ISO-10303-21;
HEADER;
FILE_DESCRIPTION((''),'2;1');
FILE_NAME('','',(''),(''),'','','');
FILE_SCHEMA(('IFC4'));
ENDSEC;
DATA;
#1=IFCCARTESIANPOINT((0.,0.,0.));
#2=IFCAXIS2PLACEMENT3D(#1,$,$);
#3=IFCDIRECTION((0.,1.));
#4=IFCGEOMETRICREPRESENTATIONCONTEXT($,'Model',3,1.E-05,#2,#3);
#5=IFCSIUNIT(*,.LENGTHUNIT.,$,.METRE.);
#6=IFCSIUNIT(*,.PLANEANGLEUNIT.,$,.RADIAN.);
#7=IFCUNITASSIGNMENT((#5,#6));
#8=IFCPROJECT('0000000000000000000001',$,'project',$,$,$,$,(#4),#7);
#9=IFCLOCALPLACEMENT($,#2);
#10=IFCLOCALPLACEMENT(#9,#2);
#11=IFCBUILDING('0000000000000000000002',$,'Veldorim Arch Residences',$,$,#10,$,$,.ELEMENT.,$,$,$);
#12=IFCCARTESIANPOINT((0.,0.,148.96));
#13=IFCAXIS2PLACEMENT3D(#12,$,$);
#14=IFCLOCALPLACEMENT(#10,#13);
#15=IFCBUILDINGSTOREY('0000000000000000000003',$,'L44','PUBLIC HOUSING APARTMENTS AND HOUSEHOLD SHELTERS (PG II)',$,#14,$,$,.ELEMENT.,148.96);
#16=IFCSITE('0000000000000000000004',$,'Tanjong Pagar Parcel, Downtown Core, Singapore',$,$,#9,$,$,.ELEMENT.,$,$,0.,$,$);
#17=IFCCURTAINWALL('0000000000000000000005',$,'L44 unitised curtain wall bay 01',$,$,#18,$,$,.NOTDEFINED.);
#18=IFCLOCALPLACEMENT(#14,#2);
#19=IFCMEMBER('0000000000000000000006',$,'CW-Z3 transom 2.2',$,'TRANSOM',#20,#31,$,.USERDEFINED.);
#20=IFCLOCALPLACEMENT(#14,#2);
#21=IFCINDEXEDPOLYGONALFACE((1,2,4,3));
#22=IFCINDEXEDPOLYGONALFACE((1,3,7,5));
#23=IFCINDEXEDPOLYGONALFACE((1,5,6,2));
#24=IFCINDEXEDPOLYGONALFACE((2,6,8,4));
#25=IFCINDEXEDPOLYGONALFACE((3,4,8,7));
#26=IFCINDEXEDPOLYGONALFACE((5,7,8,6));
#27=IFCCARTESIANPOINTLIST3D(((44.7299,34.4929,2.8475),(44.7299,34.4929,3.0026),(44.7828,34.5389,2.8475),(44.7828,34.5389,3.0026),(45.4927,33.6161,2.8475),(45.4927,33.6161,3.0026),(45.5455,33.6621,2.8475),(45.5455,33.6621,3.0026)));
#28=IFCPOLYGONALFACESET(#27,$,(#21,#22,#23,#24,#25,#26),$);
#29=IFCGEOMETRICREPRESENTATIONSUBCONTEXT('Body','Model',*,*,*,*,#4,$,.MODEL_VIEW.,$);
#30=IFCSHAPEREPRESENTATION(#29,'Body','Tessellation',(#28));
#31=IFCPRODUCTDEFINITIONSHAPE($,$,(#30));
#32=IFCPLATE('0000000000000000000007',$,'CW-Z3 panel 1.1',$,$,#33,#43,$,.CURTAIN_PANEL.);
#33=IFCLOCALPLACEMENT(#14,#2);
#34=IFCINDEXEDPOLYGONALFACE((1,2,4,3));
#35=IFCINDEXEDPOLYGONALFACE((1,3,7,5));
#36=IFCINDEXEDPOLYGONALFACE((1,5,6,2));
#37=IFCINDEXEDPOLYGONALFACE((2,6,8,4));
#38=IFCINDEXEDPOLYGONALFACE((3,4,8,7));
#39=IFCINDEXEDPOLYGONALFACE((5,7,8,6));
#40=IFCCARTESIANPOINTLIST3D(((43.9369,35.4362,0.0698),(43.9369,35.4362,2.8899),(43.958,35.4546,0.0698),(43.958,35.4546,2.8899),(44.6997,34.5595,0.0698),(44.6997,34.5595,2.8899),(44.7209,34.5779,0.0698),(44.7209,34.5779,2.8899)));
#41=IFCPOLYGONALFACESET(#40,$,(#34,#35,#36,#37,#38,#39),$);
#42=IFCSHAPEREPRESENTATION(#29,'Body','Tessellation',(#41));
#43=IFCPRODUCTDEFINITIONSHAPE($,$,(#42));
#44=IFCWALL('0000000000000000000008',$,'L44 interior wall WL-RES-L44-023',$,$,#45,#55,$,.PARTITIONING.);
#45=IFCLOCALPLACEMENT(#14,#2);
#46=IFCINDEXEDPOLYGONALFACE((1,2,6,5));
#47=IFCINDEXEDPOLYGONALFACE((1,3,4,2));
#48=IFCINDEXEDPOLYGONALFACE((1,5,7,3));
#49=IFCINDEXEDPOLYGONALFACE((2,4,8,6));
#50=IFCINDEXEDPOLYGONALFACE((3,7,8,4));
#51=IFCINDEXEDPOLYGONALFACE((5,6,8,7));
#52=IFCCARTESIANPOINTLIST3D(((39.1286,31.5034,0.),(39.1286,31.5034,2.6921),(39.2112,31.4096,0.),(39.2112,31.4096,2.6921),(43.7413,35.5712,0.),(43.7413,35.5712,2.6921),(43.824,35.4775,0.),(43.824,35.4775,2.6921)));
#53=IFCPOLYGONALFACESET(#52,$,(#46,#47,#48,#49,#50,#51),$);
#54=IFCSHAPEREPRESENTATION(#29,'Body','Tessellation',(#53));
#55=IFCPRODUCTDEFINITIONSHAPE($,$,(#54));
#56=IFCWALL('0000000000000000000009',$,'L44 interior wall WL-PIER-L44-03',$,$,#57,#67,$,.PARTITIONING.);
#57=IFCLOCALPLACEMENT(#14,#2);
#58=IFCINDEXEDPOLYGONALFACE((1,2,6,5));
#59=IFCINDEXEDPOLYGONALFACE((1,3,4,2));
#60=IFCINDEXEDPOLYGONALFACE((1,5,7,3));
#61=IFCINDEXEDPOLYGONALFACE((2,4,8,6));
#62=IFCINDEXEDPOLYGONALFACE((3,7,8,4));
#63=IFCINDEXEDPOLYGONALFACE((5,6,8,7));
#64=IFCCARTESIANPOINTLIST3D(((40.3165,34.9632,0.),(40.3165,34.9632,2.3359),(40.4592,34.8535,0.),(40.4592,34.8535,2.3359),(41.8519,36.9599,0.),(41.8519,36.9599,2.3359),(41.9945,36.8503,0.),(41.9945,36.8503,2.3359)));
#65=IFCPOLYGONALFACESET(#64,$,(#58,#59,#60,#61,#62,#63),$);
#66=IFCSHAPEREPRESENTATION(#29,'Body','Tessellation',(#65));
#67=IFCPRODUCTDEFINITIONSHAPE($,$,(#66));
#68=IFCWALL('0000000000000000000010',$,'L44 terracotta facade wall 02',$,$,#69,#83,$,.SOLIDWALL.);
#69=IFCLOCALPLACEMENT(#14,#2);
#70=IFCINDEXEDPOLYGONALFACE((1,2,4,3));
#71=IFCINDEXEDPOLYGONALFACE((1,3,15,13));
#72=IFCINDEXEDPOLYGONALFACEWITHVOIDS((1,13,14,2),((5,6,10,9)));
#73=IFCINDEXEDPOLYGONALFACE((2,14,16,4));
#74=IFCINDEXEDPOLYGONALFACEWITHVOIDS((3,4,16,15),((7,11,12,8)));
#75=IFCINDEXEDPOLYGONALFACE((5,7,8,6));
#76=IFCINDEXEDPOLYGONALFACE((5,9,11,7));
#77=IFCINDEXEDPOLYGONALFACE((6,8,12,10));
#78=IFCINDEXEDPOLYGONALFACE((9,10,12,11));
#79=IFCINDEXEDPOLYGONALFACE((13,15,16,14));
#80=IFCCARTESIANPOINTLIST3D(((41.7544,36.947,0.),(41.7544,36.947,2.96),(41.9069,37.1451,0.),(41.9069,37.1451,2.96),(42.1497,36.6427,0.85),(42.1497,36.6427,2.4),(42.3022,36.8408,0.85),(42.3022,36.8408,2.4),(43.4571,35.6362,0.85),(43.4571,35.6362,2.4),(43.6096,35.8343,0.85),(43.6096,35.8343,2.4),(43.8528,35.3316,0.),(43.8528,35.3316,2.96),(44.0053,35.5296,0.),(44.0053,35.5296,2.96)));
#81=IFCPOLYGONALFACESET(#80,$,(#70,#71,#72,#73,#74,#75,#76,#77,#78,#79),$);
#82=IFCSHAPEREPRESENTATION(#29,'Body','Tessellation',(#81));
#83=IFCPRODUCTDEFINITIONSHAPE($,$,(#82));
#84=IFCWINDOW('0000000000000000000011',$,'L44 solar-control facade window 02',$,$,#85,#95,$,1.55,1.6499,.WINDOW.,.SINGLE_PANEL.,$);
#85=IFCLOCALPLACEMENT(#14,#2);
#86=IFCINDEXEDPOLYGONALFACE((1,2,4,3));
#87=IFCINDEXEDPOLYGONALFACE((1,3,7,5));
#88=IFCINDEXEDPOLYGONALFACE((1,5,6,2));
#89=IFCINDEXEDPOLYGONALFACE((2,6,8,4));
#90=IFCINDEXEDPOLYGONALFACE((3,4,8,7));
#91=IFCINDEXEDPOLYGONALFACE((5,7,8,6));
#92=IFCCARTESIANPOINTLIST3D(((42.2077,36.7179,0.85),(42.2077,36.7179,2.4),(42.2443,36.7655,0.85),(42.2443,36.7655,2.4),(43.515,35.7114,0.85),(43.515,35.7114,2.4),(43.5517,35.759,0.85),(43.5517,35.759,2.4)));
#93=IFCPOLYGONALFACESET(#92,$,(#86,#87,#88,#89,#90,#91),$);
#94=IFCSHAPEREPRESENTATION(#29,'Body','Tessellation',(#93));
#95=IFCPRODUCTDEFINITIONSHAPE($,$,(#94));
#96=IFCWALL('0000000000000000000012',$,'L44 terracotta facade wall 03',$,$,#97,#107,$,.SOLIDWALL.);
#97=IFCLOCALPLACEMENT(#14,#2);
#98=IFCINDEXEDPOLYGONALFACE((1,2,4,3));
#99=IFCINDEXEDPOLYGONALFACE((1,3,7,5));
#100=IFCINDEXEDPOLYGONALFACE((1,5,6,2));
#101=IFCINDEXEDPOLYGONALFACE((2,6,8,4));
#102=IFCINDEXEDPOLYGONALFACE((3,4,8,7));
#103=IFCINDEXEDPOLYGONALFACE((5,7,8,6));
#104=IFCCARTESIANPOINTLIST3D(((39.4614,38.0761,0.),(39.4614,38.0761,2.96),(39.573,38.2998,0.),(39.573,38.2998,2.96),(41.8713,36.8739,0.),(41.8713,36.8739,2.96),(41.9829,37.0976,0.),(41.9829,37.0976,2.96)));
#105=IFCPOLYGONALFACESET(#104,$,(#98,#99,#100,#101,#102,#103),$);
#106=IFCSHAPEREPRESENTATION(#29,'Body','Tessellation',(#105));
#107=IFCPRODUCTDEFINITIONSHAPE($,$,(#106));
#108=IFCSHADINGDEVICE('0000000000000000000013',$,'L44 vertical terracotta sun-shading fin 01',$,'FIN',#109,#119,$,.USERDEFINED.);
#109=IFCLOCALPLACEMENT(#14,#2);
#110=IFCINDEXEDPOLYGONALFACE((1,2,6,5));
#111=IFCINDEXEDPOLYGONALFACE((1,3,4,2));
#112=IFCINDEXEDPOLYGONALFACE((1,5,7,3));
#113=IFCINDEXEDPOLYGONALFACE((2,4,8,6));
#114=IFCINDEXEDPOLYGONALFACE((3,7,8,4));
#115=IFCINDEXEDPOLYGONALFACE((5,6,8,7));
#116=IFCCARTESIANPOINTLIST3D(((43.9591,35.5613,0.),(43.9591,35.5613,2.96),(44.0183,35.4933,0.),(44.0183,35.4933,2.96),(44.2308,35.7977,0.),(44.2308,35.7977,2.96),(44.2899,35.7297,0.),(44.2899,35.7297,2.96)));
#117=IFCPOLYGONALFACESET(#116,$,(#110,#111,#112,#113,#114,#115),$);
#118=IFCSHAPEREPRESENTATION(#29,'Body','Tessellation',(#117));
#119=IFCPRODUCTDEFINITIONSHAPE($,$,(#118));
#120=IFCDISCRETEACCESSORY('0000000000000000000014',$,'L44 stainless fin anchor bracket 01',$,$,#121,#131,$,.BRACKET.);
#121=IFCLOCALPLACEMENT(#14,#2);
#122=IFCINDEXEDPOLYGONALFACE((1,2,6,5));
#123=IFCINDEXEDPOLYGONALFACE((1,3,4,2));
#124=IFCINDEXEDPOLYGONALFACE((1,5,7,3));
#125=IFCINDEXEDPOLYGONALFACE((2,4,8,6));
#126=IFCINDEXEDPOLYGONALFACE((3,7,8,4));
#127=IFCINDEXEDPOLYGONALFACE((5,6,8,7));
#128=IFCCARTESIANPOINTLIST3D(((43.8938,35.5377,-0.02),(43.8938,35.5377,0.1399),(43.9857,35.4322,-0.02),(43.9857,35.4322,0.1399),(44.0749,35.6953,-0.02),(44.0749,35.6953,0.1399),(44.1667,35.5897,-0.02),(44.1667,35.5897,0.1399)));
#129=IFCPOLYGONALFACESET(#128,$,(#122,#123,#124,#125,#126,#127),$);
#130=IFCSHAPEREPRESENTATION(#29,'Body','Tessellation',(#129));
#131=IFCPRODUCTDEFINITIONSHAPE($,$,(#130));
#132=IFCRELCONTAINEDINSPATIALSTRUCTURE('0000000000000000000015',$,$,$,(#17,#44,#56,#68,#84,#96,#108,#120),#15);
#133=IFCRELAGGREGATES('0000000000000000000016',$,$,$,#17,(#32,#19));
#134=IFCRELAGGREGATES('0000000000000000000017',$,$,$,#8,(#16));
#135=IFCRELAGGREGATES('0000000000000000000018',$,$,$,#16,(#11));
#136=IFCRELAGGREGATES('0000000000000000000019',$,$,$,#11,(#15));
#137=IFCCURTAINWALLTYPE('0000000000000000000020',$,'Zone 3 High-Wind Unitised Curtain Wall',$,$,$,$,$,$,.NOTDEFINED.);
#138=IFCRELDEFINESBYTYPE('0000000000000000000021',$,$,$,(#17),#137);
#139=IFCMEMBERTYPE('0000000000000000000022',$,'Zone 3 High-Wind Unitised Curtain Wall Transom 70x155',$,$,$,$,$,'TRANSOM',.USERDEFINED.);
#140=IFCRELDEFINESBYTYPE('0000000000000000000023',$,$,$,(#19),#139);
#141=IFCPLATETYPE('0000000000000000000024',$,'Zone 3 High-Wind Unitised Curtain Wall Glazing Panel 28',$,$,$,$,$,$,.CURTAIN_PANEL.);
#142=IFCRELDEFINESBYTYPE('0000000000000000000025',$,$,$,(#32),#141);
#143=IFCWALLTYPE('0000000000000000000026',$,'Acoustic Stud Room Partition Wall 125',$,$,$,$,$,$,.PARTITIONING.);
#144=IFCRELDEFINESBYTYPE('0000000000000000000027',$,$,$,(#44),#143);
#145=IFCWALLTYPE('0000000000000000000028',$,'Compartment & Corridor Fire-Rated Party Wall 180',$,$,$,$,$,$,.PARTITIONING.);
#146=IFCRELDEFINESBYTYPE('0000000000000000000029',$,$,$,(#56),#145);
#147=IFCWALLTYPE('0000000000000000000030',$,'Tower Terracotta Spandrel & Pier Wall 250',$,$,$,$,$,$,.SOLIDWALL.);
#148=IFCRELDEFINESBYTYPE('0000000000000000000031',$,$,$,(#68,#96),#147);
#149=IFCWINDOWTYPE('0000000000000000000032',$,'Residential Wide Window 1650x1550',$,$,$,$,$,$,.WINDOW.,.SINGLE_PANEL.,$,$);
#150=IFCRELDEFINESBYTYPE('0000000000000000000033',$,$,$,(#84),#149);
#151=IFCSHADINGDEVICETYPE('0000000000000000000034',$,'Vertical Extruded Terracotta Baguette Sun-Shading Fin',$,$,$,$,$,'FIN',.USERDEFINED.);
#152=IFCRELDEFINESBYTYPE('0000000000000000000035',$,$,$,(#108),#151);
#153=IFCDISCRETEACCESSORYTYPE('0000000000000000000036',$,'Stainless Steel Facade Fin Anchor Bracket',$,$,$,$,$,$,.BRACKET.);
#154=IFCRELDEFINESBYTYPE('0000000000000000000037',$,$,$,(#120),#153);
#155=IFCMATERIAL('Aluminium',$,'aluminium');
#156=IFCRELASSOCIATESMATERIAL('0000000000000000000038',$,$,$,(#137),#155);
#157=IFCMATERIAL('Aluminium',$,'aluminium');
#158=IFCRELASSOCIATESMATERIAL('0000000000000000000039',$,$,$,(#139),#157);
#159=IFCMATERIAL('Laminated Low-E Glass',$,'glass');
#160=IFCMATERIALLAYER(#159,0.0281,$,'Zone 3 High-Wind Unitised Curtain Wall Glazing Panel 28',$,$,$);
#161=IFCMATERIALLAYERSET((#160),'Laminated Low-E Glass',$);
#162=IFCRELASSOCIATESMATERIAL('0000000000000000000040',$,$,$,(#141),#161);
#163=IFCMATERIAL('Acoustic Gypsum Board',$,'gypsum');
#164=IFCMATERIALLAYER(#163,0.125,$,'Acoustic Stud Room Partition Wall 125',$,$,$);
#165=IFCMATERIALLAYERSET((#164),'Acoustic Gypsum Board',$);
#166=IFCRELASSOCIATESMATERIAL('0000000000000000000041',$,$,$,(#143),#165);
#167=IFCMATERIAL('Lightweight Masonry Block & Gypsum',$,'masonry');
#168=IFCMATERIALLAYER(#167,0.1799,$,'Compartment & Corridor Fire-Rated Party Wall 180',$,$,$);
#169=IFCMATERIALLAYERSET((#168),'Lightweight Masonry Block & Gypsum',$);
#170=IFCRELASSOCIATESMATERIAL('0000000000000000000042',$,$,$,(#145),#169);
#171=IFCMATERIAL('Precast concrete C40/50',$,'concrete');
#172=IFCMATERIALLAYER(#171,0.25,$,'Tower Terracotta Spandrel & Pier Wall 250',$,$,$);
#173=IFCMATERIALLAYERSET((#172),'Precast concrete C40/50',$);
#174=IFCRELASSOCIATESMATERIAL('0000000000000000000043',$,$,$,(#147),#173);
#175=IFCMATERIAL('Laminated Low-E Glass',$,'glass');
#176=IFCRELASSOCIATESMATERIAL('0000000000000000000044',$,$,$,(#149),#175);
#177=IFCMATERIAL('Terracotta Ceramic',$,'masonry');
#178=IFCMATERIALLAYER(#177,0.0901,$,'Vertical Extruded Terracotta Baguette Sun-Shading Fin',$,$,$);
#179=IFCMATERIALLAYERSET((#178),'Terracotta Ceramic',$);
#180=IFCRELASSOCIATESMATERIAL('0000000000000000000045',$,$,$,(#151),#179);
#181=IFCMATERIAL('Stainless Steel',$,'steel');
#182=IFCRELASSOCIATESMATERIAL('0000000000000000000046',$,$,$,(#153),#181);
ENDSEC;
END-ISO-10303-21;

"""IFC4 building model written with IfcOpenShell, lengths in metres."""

from ifc_helpers import new_model, si_unit, direction, frame, frame_2d, origin, origin_2d, place, context, subcontext, project, spatial, rectangle, extrude, material, layer, layer_set, material_profile, profile_set, type_object, element, fill, aggregate, save


model = new_model("IFC4")

# Units and contexts
model_context = context("Model", 3, precision=1e-05, world=origin(), true_north=direction((0.0, 1.0)))
body_context = subcontext(model_context, "Body", "Model", "MODEL_VIEW")
ifc_project = project(units=[si_unit("LENGTHUNIT", "METRE"), si_unit("PLANEANGLEUNIT", "RADIAN")], contexts=[model_context])

# Site, building, storey
site_placement = place(None, origin())
site = spatial("IfcSite", under=ifc_project, at=site_placement, Name="Tanjong Pagar Parcel, Downtown Core, Singapore", CompositionType="ELEMENT", RefElevation=0.0)
building_placement = place(site_placement, origin())
building = spatial("IfcBuilding", under=site, at=building_placement, Name="Veldorim Arch Residences", CompositionType="ELEMENT")
storey_placement = place(building_placement, frame((0.0, 0.0, 148.96)))
storey = spatial("IfcBuildingStorey", under=building, at=storey_placement, Name="L44", Description="PUBLIC HOUSING APARTMENTS AND HOUSEHOLD SHELTERS (PG II)", CompositionType="ELEMENT", Elevation=148.96)

# Curtain wall, member, plate
ifc_material_1 = material(Name="Aluminium", Category="aluminium")
curtain_wall_type = type_object("IfcCurtainWallType", Name="Zone 3 High-Wind Unitised Curtain Wall", PredefinedType="NOTDEFINED", material=ifc_material_1)
curtain_wall_placement = place(storey_placement, origin())
curtain_wall = element("IfcCurtainWall", 1, at=curtain_wall_placement, inside=storey, type_object=curtain_wall_type, Name="L44 unitised curtain wall bay 01", PredefinedType="NOTDEFINED")
ifc_material_2 = material(Name="Aluminium", Category="aluminium")
ifc_material_profile_1 = material_profile(ifc_material_2, rectangle(XDim=0.0701, YDim=0.155, at=origin_2d()), Name="ALU_TRN_70x155")
ifc_profile_set_1 = profile_set([ifc_material_profile_1], Name="Aluminium")
member_type_1 = type_object("IfcMemberType", Name="Zone 3 High-Wind Unitised Curtain Wall Transom 70x155", ElementType="TRANSOM", PredefinedType="USERDEFINED", material=ifc_profile_set_1)
member_1_placement = place(storey_placement, frame((44.7563, 34.5159, 2.925), z_axis=(0.656345, -0.754461, 0.0), x_axis=(0.754461, 0.656345, 0.0)))
member_1 = element("IfcMember", 2, at=member_1_placement, type_object=member_type_1, Name="CW-Z3 transom 2.2", ObjectType="TRANSOM", PredefinedType="USERDEFINED", context=body_context, shape_type="SweptSolid", body=[
    extrude(rectangle(XDim=0.0701, YDim=0.155, at=origin_2d()), origin(), (0.0, 0.0, 1.0), 1.1621),
])
ifc_material_3 = material(Name="Laminated Low-E Glass", Category="glass")
ifc_layer_1 = layer(ifc_material_3, 0.0281, Name="Zone 3 High-Wind Unitised Curtain Wall Glazing Panel 28")
ifc_layer_set_1 = layer_set([ifc_layer_1], Name="Laminated Low-E Glass")
plate_type = type_object("IfcPlateType", Name="Zone 3 High-Wind Unitised Curtain Wall Glazing Panel 28", PredefinedType="CURTAIN_PANEL", material=ifc_layer_set_1)
plate_placement = place(storey_placement, frame((44.3289, 35.0071, 0.0698), z_axis=(0.0, 0.0, 1.0), x_axis=(0.656415, -0.7544, 0.0)))
plate = element("IfcPlate", 3, at=plate_placement, type_object=plate_type, Name="CW-Z3 panel 1.1", PredefinedType="CURTAIN_PANEL", context=body_context, shape_type="SweptSolid", body=[
    extrude(rectangle(XDim=1.1621, YDim=0.0281, at=origin_2d()), origin(), (0.0, 0.0, 1.0), 2.8201),
])
aggregate(curtain_wall, [plate, member_1])

# Walls
ifc_material_4 = material(Name="Acoustic Gypsum Board", Category="gypsum")
ifc_layer_2 = layer(ifc_material_4, 0.125, Name="Acoustic Stud Room Partition Wall 125")
ifc_layer_set_2 = layer_set([ifc_layer_2], Name="Acoustic Gypsum Board")
wall_type_1 = type_object("IfcWallType", Name="Acoustic Stud Room Partition Wall 125", PredefinedType="PARTITIONING", material=ifc_layer_set_2)
wall_1_placement = place(storey_placement, frame((43.7827, 35.5244, 0.0), z_axis=(0.0, 0.0, 1.0), x_axis=(-0.750019, -0.661417, 0.0)))
element("IfcWall", 4, at=wall_1_placement, inside=storey, type_object=wall_type_1, Name="L44 interior wall WL-RES-L44-023", PredefinedType="PARTITIONING", context=body_context, shape_type="SweptSolid", body=[
    extrude(rectangle(XDim=6.1501, YDim=0.125, at=frame_2d((3.0752, 0.0))), origin(), (0.0, 0.0, 1.0), 2.6921),
])
ifc_material_5 = material(Name="Lightweight Masonry Block & Gypsum", Category="masonry")
ifc_layer_3 = layer(ifc_material_5, 0.1799, Name="Compartment & Corridor Fire-Rated Party Wall 180")
ifc_layer_set_3 = layer_set([ifc_layer_3], Name="Lightweight Masonry Block & Gypsum")
wall_type_2 = type_object("IfcWallType", Name="Compartment & Corridor Fire-Rated Party Wall 180", PredefinedType="PARTITIONING", material=ifc_layer_set_3)
wall_2_placement = place(storey_placement, frame((40.3879, 34.9084, 0.0), z_axis=(0.0, 0.0, 1.0), x_axis=(0.609556, 0.792743, 0.0)))
element("IfcWall", 5, at=wall_2_placement, inside=storey, type_object=wall_type_2, Name="L44 interior wall WL-PIER-L44-03", PredefinedType="PARTITIONING", context=body_context, shape_type="SweptSolid", body=[
    extrude(rectangle(XDim=2.5188, YDim=0.1799, at=frame_2d((1.2593, 0.0))), origin(), (0.0, 0.0, 1.0), 2.3359),
])

# Wall, opening, window
ifc_material_6 = material(Name="Precast concrete C40/50", Category="concrete")
ifc_layer_4 = layer(ifc_material_6, 0.25, Name="Tower Terracotta Spandrel & Pier Wall 250")
ifc_layer_set_4 = layer_set([ifc_layer_4], Name="Precast concrete C40/50")
wall_type_3 = type_object("IfcWallType", Name="Tower Terracotta Spandrel & Pier Wall 250", PredefinedType="SOLIDWALL", material=ifc_layer_set_4)
wall_3_placement = place(storey_placement, frame((41.8306, 37.0461, 0.0), z_axis=(0.0, 0.0, 1.0), x_axis=(0.792381, -0.610027, 0.0)))
wall_3 = element("IfcWall", 6, at=wall_3_placement, inside=storey, type_object=wall_type_3, Name="L44 terracotta facade wall 02", PredefinedType="SOLIDWALL", context=body_context, shape_type="SweptSolid", body=[
    extrude(rectangle(XDim=2.6482, YDim=0.25, at=frame_2d((1.3242, 0.0))), origin(), (0.0, 0.0, 1.0), 2.96),
])
opening_placement = place(wall_3_placement, frame((0.499, 0.0, 0.8501)))
opening = element("IfcOpeningElement", 7, at=opening_placement, cuts=wall_3, PredefinedType="OPENING", context=body_context, shape_type="SweptSolid", body=[
    extrude(rectangle(XDim=1.6499, YDim=1.55, at=frame_2d((0.825, 0.7749))), frame((0.0, 0.135, 0.0), z_axis=(0.0, -1.0, 0.0), x_axis=(1.0, 0.0, 0.0)), (0.0, 0.0, 1.0), 0.27),
])
ifc_material_7 = material(Name="Laminated Low-E Glass", Category="glass")
window_type = type_object("IfcWindowType", Name="Residential Wide Window 1650x1550", PartitioningType="SINGLE_PANEL", PredefinedType="WINDOW", material=ifc_material_7)
window_placement = place(opening_placement, origin())
window = element("IfcWindow", 8, at=window_placement, inside=storey, type_object=window_type, Name="L44 solar-control facade window 02", OverallHeight=1.55, OverallWidth=1.6499, PartitioningType="SINGLE_PANEL", PredefinedType="WINDOW", context=body_context, shape_type="SweptSolid", body=[
    extrude(rectangle(XDim=1.6499, YDim=1.55, at=frame_2d((0.825, 0.7749))), frame((0.0, 0.03, 0.0), z_axis=(0.0, -1.0, 0.0), x_axis=(1.0, 0.0, 0.0)), (0.0, 0.0, 1.0), 0.0601),
])
fill(opening, window)

# Wall
wall_4_placement = place(storey_placement, frame((39.5171, 38.188, 0.0), z_axis=(0.0, 0.0, 1.0), x_axis=(0.894844, -0.446379, 0.0)))
element("IfcWall", 9, at=wall_4_placement, inside=storey, type_object=wall_type_3, Name="L44 terracotta facade wall 03", PredefinedType="SOLIDWALL", context=body_context, shape_type="SweptSolid", body=[
    extrude(rectangle(XDim=2.6931, YDim=0.25, at=frame_2d((1.3467, 0.0))), origin(), (0.0, 0.0, 1.0), 2.96),
])

# Shading device
ifc_material_8 = material(Name="Terracotta Ceramic", Category="masonry")
ifc_layer_5 = layer(ifc_material_8, 0.0901, Name="Vertical Extruded Terracotta Baguette Sun-Shading Fin")
ifc_layer_set_5 = layer_set([ifc_layer_5], Name="Terracotta Ceramic")
shading_device_type = type_object("IfcShadingDeviceType", Name="Vertical Extruded Terracotta Baguette Sun-Shading Fin", ElementType="FIN", PredefinedType="USERDEFINED", material=ifc_layer_set_5)
shading_device_placement = place(storey_placement, frame((44.1245, 35.6455, 0.0), z_axis=(0.0, 0.0, 1.0), x_axis=(0.656454, -0.754366, 0.0)))
element("IfcShadingDevice", 10, at=shading_device_placement, inside=storey, type_object=shading_device_type, Name="L44 vertical terracotta sun-shading fin 01", ObjectType="FIN", PredefinedType="USERDEFINED", context=body_context, shape_type="SweptSolid", body=[
    extrude(rectangle(XDim=0.0901, YDim=0.3601, at=origin_2d()), origin(), (0.0, 0.0, 1.0), 2.96),
])

# Discrete accessory
ifc_material_9 = material(Name="Stainless Steel", Category="steel")
discrete_accessory_type = type_object("IfcDiscreteAccessoryType", Name="Stainless Steel Facade Fin Anchor Bracket", PredefinedType="BRACKET", material=ifc_material_9)
discrete_accessory_placement = place(storey_placement, frame((44.0303, 35.5637, -0.02), z_axis=(0.0, 0.0, 1.0), x_axis=(0.656454, -0.754366, 0.0)))
element("IfcDiscreteAccessory", 11, at=discrete_accessory_placement, inside=storey, type_object=discrete_accessory_type, Name="L44 stainless fin anchor bracket 01", PredefinedType="BRACKET", context=body_context, shape_type="SweptSolid", body=[
    extrude(rectangle(XDim=0.1399, YDim=0.24, at=origin_2d()), origin(), (0.0, 0.0, 1.0), 0.1599),
])

save(model, "model.ifc")
